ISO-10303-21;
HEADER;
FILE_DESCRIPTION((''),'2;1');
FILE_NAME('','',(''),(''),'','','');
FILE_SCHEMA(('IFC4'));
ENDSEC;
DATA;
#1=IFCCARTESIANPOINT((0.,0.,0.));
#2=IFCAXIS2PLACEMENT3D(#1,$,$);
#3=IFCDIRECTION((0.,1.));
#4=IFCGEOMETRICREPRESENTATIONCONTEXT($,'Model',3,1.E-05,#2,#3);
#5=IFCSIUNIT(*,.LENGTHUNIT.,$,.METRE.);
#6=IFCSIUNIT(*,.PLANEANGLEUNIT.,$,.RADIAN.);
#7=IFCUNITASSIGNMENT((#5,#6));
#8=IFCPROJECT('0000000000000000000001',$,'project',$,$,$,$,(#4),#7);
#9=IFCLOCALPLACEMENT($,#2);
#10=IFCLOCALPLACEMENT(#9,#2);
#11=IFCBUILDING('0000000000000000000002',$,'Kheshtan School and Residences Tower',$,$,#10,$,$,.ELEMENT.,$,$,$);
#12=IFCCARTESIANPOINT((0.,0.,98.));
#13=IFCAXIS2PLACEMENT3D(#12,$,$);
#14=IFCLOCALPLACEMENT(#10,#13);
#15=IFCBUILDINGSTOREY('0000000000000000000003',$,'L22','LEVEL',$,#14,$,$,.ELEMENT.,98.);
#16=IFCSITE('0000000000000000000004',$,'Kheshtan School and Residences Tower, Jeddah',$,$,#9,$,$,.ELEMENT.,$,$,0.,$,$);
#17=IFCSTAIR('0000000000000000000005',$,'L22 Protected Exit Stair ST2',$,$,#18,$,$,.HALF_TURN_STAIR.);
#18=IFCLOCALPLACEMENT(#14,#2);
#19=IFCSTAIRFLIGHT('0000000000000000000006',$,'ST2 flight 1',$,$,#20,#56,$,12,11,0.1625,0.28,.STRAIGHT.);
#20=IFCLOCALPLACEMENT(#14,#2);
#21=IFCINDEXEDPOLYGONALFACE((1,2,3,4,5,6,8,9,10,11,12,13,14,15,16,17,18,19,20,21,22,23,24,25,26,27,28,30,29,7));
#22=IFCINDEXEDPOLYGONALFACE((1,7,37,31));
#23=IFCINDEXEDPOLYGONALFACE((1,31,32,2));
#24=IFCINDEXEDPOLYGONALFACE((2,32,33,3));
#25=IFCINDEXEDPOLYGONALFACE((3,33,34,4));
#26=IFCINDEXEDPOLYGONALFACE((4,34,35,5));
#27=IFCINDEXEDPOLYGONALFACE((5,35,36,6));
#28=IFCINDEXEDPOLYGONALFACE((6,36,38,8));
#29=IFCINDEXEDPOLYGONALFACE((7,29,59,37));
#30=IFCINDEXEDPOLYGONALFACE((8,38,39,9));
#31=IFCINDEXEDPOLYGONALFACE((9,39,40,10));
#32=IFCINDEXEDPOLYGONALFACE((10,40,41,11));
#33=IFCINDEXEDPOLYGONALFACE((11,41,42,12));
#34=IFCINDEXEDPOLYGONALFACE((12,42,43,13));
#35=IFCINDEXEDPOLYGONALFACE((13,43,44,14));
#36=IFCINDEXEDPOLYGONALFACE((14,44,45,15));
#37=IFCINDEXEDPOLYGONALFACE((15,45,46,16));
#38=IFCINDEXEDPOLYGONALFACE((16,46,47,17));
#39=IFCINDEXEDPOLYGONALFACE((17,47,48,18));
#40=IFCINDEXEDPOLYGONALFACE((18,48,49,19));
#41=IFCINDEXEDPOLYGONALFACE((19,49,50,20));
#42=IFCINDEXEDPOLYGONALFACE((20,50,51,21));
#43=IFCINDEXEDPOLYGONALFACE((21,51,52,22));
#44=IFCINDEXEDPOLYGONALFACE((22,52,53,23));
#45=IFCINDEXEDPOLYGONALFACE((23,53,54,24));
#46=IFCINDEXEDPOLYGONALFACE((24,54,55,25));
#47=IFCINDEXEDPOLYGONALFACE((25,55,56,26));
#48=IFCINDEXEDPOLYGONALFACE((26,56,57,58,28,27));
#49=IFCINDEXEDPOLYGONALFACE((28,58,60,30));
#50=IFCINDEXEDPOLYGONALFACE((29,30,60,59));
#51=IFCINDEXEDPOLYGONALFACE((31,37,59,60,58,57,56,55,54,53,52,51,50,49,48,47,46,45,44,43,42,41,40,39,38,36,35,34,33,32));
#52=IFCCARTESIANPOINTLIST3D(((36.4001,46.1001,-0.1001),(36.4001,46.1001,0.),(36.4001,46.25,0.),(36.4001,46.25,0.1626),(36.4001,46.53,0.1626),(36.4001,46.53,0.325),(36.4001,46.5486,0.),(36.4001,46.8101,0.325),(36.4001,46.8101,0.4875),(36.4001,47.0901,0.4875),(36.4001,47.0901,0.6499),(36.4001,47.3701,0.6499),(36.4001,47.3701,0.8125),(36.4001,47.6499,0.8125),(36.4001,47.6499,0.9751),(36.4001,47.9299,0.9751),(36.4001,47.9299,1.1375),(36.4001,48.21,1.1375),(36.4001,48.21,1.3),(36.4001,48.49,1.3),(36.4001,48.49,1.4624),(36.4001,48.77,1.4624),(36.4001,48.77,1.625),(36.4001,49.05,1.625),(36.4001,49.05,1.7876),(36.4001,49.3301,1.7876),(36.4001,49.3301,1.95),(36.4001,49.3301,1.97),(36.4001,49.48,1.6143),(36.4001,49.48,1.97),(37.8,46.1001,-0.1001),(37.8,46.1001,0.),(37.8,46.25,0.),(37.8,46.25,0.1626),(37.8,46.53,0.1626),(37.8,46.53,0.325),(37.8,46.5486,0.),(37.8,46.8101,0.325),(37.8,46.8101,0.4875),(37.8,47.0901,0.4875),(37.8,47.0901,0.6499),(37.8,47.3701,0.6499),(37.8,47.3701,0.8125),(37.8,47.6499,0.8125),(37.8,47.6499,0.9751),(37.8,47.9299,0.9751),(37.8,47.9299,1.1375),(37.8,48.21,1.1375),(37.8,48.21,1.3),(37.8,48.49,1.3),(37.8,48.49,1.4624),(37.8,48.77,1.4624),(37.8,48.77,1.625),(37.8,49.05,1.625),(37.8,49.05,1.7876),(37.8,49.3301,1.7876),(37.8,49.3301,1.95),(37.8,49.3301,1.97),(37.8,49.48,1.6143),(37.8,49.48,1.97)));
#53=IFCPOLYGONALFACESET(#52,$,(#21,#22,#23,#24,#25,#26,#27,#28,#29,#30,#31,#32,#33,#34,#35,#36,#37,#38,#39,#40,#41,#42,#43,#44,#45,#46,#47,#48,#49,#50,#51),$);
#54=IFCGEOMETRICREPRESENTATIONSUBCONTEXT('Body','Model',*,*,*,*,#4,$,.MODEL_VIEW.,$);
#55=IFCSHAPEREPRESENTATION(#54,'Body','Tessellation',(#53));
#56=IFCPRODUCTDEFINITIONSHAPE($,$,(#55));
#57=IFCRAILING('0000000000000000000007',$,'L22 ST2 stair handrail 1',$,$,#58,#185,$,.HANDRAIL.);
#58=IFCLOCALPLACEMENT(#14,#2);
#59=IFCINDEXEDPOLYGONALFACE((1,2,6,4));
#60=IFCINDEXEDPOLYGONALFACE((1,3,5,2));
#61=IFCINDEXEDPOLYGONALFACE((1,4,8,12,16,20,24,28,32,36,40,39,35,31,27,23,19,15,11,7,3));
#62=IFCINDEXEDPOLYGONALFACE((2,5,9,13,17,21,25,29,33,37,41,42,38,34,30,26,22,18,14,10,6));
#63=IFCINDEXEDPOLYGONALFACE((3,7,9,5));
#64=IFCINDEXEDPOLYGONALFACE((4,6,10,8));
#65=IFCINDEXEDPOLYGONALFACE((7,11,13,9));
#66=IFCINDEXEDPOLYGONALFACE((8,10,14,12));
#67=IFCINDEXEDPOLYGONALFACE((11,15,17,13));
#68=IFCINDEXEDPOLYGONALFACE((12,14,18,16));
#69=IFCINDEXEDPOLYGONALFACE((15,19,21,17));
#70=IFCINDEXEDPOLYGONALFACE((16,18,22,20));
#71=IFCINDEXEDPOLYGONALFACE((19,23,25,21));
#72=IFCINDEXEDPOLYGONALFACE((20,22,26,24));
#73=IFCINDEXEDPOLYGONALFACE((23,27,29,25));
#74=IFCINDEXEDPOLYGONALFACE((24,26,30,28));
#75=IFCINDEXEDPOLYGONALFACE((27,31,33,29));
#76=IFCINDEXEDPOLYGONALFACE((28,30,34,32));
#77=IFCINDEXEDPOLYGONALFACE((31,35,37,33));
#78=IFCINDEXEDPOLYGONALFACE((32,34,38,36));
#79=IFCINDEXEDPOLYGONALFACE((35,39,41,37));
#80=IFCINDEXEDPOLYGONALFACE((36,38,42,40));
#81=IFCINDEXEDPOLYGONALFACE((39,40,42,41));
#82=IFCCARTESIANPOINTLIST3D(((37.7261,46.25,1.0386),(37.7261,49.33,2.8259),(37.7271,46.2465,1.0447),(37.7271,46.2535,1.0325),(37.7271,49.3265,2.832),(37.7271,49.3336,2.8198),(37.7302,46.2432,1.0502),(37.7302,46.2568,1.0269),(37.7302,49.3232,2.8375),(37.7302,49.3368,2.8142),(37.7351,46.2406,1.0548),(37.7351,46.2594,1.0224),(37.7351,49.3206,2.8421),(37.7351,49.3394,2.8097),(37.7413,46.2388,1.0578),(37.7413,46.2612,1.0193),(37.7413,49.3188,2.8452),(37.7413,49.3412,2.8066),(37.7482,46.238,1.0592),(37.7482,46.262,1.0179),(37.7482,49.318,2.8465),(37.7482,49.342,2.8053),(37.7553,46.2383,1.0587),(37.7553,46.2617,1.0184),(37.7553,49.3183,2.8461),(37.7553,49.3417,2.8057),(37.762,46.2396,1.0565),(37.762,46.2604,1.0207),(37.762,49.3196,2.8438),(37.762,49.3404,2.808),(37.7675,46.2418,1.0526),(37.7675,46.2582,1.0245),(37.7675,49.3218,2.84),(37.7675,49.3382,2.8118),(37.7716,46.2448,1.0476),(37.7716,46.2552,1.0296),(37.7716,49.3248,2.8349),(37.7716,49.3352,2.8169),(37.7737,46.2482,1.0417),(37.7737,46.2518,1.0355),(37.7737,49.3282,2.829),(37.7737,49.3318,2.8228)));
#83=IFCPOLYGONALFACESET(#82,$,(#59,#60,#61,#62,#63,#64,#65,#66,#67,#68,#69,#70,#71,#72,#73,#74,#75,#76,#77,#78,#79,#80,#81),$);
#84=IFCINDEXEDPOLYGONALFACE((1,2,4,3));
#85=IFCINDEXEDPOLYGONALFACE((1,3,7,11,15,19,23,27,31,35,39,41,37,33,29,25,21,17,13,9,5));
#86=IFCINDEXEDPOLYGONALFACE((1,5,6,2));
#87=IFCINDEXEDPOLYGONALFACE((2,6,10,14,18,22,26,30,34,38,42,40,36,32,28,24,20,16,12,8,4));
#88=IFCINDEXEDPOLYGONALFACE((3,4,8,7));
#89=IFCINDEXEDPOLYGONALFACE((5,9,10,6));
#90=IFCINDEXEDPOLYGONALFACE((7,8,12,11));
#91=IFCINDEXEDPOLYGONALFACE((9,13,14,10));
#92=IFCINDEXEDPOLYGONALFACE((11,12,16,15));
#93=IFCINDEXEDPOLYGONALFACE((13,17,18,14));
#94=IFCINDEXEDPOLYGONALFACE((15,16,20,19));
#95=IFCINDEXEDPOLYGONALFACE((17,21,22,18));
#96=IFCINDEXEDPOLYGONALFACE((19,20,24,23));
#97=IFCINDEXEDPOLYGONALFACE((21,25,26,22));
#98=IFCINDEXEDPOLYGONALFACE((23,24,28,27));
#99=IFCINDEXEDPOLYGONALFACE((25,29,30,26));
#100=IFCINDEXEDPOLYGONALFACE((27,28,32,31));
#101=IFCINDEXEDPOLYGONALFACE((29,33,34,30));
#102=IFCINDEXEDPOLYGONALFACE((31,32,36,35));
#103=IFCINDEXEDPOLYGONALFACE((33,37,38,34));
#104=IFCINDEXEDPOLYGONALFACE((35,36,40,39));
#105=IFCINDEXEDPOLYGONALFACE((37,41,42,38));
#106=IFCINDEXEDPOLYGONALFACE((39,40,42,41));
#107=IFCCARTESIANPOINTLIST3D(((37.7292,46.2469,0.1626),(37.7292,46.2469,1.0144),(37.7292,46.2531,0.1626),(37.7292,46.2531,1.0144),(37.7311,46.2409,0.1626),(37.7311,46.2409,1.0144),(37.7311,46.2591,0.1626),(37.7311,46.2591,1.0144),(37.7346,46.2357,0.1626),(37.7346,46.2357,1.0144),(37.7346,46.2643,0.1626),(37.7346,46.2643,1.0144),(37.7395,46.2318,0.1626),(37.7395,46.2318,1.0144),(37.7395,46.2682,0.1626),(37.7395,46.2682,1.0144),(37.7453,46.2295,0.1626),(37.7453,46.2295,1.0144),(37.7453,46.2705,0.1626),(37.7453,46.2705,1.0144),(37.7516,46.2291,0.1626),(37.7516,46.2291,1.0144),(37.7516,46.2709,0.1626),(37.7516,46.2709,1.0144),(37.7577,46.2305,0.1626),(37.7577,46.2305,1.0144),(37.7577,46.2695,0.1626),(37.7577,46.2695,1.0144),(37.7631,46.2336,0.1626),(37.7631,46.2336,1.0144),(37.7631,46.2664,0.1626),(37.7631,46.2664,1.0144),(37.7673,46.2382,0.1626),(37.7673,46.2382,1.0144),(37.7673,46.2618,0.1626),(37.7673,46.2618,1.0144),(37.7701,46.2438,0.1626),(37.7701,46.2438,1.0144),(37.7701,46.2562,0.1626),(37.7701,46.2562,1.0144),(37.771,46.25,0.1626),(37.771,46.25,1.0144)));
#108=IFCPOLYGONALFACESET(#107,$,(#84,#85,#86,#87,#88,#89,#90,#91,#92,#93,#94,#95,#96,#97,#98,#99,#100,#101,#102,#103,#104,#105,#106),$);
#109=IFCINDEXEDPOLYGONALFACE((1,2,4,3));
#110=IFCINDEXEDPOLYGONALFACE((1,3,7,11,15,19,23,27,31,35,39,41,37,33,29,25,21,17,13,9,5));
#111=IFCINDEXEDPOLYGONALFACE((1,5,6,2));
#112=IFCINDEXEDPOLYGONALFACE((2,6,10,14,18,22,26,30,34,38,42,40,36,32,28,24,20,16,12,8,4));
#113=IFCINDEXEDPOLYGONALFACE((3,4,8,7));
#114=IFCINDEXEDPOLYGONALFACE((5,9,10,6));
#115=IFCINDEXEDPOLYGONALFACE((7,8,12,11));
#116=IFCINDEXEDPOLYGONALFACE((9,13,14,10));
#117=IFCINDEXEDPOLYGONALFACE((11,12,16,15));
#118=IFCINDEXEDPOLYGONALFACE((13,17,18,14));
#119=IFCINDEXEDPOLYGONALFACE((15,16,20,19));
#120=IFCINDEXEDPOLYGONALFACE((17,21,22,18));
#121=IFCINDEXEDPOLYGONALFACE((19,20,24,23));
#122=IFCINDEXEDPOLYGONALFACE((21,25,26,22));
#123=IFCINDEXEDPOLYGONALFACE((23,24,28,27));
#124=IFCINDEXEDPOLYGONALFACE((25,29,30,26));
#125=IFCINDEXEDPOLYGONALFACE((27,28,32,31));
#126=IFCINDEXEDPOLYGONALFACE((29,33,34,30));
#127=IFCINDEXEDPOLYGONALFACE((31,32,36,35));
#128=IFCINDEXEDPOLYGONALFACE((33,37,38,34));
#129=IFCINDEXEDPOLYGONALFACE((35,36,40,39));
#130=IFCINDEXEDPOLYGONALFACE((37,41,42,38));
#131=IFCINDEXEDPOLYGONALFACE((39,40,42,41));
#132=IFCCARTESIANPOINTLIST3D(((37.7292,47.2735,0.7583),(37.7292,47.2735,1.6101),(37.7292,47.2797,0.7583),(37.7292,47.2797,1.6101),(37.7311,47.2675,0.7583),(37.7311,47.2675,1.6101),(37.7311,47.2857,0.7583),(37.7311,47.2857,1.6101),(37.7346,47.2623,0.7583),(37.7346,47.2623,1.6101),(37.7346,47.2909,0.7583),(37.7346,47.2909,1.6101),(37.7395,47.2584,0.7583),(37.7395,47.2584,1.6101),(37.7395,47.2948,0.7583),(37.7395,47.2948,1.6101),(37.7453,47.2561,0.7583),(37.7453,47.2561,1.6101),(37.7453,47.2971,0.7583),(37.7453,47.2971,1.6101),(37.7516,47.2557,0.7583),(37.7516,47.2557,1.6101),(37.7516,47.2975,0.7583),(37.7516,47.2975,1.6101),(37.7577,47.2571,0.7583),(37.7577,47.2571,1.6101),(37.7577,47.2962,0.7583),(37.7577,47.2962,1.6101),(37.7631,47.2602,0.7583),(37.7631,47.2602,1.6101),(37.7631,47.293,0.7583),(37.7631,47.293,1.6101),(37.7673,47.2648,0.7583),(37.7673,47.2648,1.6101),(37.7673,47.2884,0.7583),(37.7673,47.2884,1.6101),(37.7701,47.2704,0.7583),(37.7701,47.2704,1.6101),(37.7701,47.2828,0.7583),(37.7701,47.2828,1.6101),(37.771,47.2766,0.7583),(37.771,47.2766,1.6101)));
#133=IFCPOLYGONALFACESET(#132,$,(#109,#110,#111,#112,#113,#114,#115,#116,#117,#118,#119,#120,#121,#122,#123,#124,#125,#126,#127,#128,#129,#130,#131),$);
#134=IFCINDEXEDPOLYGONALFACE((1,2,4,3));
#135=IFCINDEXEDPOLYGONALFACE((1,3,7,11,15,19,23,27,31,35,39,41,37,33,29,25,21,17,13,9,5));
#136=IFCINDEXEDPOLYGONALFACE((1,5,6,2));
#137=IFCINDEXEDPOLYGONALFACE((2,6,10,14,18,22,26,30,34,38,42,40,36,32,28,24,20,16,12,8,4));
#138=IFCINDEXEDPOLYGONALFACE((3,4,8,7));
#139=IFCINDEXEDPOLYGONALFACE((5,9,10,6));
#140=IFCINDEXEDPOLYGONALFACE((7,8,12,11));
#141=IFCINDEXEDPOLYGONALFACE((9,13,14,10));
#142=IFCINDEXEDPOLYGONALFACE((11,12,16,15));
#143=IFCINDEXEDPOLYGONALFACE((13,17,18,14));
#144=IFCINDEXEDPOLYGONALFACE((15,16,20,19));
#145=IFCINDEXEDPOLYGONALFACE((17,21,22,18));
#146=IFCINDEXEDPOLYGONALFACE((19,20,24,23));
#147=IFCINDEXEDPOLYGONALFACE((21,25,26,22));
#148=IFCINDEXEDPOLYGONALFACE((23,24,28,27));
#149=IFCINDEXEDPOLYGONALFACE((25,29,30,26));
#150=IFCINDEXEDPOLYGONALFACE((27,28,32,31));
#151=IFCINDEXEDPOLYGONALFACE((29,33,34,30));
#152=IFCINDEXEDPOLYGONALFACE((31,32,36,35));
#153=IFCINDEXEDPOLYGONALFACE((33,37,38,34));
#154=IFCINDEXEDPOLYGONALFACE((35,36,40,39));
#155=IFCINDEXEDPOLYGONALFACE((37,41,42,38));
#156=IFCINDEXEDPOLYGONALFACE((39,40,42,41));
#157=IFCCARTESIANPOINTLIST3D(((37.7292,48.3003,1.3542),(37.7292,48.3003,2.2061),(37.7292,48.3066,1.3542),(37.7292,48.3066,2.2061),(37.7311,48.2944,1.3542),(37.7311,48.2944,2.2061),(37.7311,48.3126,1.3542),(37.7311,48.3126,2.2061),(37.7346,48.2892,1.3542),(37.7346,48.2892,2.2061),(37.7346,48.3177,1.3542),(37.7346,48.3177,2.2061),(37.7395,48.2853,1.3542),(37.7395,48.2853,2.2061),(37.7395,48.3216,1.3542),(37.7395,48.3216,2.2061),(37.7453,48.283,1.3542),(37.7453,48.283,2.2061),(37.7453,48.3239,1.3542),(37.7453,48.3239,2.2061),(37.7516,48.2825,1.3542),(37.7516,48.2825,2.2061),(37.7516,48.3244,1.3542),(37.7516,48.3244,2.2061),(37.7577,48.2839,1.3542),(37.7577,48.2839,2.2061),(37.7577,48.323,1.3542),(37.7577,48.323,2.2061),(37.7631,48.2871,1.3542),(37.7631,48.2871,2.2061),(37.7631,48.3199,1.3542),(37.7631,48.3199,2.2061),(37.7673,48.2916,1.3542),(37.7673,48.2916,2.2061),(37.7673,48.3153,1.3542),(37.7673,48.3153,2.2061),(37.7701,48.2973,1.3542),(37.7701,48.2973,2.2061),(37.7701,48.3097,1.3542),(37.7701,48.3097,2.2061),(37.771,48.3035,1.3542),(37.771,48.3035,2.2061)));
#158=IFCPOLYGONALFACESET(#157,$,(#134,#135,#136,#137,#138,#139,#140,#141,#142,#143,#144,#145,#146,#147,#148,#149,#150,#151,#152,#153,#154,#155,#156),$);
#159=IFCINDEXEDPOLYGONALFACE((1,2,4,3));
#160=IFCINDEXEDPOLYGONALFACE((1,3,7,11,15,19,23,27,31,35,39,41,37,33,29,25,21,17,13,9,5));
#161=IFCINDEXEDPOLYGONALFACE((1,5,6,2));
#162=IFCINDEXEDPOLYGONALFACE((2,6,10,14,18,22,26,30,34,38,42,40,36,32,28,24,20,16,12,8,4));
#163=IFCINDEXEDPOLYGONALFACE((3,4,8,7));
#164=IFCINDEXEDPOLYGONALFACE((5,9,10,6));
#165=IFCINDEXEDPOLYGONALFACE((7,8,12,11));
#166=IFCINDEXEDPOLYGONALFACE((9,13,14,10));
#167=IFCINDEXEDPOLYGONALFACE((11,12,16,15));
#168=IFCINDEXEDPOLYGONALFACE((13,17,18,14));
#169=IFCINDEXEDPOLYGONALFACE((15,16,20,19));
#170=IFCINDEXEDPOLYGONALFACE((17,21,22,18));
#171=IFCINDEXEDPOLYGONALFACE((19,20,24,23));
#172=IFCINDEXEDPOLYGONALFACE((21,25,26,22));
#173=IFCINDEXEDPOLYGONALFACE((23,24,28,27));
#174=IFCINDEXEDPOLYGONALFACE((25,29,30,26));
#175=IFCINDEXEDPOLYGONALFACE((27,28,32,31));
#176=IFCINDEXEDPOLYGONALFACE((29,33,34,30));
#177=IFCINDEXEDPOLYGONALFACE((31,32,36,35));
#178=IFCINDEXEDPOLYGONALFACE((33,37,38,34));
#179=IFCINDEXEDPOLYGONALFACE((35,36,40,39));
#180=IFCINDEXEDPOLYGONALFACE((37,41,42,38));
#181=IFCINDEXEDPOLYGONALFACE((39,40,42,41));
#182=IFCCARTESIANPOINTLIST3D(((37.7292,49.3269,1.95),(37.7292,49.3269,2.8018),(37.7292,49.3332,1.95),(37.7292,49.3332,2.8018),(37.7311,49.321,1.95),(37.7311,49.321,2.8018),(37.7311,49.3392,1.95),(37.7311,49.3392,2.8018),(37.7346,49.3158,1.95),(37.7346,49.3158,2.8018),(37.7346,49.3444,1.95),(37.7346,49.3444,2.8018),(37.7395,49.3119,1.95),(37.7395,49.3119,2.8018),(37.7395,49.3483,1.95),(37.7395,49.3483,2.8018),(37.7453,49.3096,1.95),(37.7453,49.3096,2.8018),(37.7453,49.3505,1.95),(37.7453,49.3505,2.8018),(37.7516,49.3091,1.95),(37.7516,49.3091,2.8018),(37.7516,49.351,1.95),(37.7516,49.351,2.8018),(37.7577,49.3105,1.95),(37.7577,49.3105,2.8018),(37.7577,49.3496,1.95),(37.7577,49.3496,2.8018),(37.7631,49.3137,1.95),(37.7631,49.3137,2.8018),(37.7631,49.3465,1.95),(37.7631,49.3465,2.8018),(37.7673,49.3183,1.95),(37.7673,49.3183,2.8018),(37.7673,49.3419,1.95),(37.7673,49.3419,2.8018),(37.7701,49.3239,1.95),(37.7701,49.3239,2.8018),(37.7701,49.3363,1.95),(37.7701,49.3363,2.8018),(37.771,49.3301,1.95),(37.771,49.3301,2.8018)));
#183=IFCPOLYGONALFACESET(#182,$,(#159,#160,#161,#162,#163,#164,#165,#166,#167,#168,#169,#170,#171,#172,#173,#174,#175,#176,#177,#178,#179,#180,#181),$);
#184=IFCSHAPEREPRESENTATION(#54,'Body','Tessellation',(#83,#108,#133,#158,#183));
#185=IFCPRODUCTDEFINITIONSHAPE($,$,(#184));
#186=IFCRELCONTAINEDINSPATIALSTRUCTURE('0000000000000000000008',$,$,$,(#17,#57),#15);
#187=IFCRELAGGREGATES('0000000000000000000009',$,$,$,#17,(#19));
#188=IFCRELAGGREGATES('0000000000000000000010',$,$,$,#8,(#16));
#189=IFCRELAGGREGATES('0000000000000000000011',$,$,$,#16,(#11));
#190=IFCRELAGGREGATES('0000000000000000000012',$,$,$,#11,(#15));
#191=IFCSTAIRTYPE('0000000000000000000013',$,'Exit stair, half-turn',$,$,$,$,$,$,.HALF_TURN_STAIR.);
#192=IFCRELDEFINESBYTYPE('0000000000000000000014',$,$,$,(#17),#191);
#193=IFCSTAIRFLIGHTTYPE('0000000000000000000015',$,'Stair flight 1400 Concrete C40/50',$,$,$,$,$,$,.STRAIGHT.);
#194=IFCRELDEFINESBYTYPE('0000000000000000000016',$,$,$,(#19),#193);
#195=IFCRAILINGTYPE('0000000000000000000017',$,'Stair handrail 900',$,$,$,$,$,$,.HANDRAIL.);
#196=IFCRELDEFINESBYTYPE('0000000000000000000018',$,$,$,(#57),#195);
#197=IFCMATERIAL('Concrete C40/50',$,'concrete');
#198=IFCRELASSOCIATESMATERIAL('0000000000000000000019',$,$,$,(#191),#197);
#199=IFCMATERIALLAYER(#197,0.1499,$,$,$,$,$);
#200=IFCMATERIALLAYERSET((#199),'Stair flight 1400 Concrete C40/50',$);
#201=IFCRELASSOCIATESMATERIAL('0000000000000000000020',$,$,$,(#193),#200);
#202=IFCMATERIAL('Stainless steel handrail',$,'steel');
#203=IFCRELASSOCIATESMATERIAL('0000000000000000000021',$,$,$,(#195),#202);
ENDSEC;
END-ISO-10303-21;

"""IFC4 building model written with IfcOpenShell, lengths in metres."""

from ifc_helpers import new_model, si_unit, direction, frame, origin, origin_2d, place, context, subcontext, project, spatial, polyline, circle, outline, extrude, material, layer, layer_set, type_object, element, aggregate, save


model = new_model("IFC4")

# Units and contexts
model_context = context("Model", 3, precision=1e-05, world=origin(), true_north=direction((0.0, 1.0)))
body_context = subcontext(model_context, "Body", "Model", "MODEL_VIEW")
ifc_project = project(units=[si_unit("LENGTHUNIT", "METRE"), si_unit("PLANEANGLEUNIT", "RADIAN")], contexts=[model_context])

# Site, building, storey
site_placement = place(None, origin())
site = spatial("IfcSite", under=ifc_project, at=site_placement, Name="Kheshtan School and Residences Tower, Jeddah", CompositionType="ELEMENT", RefElevation=0.0)
building_placement = place(site_placement, origin())
building = spatial("IfcBuilding", under=site, at=building_placement, Name="Kheshtan School and Residences Tower", CompositionType="ELEMENT")
storey_placement = place(building_placement, frame((0.0, 0.0, 98.0)))
storey = spatial("IfcBuildingStorey", under=building, at=storey_placement, Name="L22", Description="LEVEL", CompositionType="ELEMENT", Elevation=98.0)

# Shared definitions
ifc_material_1 = material(Name="Concrete C40/50", Category="concrete")

# Stair, stair flight
stair_type = type_object("IfcStairType", Name="Exit stair, half-turn", PredefinedType="HALF_TURN_STAIR", material=ifc_material_1)
stair_placement = place(storey_placement, origin())
stair = element("IfcStair", 1, at=stair_placement, inside=storey, type_object=stair_type, Name="L22 Protected Exit Stair ST2", PredefinedType="HALF_TURN_STAIR")
ifc_layer_1 = layer(ifc_material_1, 0.1499)
ifc_layer_set_1 = layer_set([ifc_layer_1], Name="Stair flight 1400 Concrete C40/50")
stair_flight_type = type_object("IfcStairFlightType", Name="Stair flight 1400 Concrete C40/50", PredefinedType="STRAIGHT", material=ifc_layer_set_1)
stair_flight_placement = place(storey_placement, frame((37.1001, 46.25, 0.0), z_axis=(0.0, 0.0, 1.0), x_axis=(0.0, 1.0, 0.0)))
stair_flight = element("IfcStairFlight", 2, at=stair_flight_placement, type_object=stair_flight_type, Name="ST2 flight 1", NumberOfRisers=12, NumberOfTreads=11, PredefinedType="STRAIGHT", RiserHeight=0.1625, TreadLength=0.28, context=body_context, shape_type="SweptSolid", body=[
    extrude(outline(polyline([(-0.1499, -0.1001), (-0.1499, 0.0), (0.0, 0.0), (0.0, 0.1626), (0.28, 0.1626), (0.28, 0.325), (0.5601, 0.325), (0.5601, 0.4875), (0.8401, 0.4875), (0.8401, 0.6499), (1.1201, 0.6499), (1.1201, 0.8125), (1.3999, 0.8125), (1.3999, 0.9751), (1.6799, 0.9751), (1.6799, 1.1375), (1.96, 1.1375), (1.96, 1.3), (2.24, 1.3), (2.24, 1.4624), (2.52, 1.4624), (2.52, 1.625), (2.8, 1.625), (2.8, 1.7876), (3.0801, 1.7876), (3.0801, 1.95), (3.0801, 1.97), (3.23, 1.97), (3.23, 1.6143), (0.2986, 0.0), (-0.1499, -0.1001)])), frame((0.0, 0.7, 0.0), z_axis=(0.0, -1.0, 0.0), x_axis=(1.0, 0.0, 0.0)), (0.0, 0.0, 1.0), 1.3999),
])
aggregate(stair, [stair_flight])

# Railing
ifc_material_2 = material(Name="Stainless steel handrail", Category="steel")
railing_type = type_object("IfcRailingType", Name="Stair handrail 900", PredefinedType="HANDRAIL", material=ifc_material_2)
railing_placement = place(storey_placement, frame((37.75, 46.25, 0.1626)))
element("IfcRailing", 3, at=railing_placement, inside=storey, type_object=railing_type, Name="L22 ST2 stair handrail 1", PredefinedType="HANDRAIL", context=body_context, shape_type="SweptSolid", body=[
    extrude(circle(Radius=0.0239, at=origin_2d()), frame((0.0, 0.0, 0.876), z_axis=(0.0, 0.86492, 0.501909), x_axis=(-1.0, 0.0, 0.0)), (0.0, 0.0, 1.0), 3.561),
    extrude(circle(Radius=0.021, at=origin_2d()), origin(), (0.0, 0.0, 1.0), 0.8518),
    extrude(circle(Radius=0.021, at=origin_2d()), frame((0.0, 1.0266, 0.5957)), (0.0, 0.0, 1.0), 0.8518),
    extrude(circle(Radius=0.021, at=origin_2d()), frame((0.0, 2.0535, 1.1917)), (0.0, 0.0, 1.0), 0.8518),
    extrude(circle(Radius=0.021, at=origin_2d()), frame((0.0, 3.0801, 1.7874)), (0.0, 0.0, 1.0), 0.8518),
])

save(model, "model.ifc")
